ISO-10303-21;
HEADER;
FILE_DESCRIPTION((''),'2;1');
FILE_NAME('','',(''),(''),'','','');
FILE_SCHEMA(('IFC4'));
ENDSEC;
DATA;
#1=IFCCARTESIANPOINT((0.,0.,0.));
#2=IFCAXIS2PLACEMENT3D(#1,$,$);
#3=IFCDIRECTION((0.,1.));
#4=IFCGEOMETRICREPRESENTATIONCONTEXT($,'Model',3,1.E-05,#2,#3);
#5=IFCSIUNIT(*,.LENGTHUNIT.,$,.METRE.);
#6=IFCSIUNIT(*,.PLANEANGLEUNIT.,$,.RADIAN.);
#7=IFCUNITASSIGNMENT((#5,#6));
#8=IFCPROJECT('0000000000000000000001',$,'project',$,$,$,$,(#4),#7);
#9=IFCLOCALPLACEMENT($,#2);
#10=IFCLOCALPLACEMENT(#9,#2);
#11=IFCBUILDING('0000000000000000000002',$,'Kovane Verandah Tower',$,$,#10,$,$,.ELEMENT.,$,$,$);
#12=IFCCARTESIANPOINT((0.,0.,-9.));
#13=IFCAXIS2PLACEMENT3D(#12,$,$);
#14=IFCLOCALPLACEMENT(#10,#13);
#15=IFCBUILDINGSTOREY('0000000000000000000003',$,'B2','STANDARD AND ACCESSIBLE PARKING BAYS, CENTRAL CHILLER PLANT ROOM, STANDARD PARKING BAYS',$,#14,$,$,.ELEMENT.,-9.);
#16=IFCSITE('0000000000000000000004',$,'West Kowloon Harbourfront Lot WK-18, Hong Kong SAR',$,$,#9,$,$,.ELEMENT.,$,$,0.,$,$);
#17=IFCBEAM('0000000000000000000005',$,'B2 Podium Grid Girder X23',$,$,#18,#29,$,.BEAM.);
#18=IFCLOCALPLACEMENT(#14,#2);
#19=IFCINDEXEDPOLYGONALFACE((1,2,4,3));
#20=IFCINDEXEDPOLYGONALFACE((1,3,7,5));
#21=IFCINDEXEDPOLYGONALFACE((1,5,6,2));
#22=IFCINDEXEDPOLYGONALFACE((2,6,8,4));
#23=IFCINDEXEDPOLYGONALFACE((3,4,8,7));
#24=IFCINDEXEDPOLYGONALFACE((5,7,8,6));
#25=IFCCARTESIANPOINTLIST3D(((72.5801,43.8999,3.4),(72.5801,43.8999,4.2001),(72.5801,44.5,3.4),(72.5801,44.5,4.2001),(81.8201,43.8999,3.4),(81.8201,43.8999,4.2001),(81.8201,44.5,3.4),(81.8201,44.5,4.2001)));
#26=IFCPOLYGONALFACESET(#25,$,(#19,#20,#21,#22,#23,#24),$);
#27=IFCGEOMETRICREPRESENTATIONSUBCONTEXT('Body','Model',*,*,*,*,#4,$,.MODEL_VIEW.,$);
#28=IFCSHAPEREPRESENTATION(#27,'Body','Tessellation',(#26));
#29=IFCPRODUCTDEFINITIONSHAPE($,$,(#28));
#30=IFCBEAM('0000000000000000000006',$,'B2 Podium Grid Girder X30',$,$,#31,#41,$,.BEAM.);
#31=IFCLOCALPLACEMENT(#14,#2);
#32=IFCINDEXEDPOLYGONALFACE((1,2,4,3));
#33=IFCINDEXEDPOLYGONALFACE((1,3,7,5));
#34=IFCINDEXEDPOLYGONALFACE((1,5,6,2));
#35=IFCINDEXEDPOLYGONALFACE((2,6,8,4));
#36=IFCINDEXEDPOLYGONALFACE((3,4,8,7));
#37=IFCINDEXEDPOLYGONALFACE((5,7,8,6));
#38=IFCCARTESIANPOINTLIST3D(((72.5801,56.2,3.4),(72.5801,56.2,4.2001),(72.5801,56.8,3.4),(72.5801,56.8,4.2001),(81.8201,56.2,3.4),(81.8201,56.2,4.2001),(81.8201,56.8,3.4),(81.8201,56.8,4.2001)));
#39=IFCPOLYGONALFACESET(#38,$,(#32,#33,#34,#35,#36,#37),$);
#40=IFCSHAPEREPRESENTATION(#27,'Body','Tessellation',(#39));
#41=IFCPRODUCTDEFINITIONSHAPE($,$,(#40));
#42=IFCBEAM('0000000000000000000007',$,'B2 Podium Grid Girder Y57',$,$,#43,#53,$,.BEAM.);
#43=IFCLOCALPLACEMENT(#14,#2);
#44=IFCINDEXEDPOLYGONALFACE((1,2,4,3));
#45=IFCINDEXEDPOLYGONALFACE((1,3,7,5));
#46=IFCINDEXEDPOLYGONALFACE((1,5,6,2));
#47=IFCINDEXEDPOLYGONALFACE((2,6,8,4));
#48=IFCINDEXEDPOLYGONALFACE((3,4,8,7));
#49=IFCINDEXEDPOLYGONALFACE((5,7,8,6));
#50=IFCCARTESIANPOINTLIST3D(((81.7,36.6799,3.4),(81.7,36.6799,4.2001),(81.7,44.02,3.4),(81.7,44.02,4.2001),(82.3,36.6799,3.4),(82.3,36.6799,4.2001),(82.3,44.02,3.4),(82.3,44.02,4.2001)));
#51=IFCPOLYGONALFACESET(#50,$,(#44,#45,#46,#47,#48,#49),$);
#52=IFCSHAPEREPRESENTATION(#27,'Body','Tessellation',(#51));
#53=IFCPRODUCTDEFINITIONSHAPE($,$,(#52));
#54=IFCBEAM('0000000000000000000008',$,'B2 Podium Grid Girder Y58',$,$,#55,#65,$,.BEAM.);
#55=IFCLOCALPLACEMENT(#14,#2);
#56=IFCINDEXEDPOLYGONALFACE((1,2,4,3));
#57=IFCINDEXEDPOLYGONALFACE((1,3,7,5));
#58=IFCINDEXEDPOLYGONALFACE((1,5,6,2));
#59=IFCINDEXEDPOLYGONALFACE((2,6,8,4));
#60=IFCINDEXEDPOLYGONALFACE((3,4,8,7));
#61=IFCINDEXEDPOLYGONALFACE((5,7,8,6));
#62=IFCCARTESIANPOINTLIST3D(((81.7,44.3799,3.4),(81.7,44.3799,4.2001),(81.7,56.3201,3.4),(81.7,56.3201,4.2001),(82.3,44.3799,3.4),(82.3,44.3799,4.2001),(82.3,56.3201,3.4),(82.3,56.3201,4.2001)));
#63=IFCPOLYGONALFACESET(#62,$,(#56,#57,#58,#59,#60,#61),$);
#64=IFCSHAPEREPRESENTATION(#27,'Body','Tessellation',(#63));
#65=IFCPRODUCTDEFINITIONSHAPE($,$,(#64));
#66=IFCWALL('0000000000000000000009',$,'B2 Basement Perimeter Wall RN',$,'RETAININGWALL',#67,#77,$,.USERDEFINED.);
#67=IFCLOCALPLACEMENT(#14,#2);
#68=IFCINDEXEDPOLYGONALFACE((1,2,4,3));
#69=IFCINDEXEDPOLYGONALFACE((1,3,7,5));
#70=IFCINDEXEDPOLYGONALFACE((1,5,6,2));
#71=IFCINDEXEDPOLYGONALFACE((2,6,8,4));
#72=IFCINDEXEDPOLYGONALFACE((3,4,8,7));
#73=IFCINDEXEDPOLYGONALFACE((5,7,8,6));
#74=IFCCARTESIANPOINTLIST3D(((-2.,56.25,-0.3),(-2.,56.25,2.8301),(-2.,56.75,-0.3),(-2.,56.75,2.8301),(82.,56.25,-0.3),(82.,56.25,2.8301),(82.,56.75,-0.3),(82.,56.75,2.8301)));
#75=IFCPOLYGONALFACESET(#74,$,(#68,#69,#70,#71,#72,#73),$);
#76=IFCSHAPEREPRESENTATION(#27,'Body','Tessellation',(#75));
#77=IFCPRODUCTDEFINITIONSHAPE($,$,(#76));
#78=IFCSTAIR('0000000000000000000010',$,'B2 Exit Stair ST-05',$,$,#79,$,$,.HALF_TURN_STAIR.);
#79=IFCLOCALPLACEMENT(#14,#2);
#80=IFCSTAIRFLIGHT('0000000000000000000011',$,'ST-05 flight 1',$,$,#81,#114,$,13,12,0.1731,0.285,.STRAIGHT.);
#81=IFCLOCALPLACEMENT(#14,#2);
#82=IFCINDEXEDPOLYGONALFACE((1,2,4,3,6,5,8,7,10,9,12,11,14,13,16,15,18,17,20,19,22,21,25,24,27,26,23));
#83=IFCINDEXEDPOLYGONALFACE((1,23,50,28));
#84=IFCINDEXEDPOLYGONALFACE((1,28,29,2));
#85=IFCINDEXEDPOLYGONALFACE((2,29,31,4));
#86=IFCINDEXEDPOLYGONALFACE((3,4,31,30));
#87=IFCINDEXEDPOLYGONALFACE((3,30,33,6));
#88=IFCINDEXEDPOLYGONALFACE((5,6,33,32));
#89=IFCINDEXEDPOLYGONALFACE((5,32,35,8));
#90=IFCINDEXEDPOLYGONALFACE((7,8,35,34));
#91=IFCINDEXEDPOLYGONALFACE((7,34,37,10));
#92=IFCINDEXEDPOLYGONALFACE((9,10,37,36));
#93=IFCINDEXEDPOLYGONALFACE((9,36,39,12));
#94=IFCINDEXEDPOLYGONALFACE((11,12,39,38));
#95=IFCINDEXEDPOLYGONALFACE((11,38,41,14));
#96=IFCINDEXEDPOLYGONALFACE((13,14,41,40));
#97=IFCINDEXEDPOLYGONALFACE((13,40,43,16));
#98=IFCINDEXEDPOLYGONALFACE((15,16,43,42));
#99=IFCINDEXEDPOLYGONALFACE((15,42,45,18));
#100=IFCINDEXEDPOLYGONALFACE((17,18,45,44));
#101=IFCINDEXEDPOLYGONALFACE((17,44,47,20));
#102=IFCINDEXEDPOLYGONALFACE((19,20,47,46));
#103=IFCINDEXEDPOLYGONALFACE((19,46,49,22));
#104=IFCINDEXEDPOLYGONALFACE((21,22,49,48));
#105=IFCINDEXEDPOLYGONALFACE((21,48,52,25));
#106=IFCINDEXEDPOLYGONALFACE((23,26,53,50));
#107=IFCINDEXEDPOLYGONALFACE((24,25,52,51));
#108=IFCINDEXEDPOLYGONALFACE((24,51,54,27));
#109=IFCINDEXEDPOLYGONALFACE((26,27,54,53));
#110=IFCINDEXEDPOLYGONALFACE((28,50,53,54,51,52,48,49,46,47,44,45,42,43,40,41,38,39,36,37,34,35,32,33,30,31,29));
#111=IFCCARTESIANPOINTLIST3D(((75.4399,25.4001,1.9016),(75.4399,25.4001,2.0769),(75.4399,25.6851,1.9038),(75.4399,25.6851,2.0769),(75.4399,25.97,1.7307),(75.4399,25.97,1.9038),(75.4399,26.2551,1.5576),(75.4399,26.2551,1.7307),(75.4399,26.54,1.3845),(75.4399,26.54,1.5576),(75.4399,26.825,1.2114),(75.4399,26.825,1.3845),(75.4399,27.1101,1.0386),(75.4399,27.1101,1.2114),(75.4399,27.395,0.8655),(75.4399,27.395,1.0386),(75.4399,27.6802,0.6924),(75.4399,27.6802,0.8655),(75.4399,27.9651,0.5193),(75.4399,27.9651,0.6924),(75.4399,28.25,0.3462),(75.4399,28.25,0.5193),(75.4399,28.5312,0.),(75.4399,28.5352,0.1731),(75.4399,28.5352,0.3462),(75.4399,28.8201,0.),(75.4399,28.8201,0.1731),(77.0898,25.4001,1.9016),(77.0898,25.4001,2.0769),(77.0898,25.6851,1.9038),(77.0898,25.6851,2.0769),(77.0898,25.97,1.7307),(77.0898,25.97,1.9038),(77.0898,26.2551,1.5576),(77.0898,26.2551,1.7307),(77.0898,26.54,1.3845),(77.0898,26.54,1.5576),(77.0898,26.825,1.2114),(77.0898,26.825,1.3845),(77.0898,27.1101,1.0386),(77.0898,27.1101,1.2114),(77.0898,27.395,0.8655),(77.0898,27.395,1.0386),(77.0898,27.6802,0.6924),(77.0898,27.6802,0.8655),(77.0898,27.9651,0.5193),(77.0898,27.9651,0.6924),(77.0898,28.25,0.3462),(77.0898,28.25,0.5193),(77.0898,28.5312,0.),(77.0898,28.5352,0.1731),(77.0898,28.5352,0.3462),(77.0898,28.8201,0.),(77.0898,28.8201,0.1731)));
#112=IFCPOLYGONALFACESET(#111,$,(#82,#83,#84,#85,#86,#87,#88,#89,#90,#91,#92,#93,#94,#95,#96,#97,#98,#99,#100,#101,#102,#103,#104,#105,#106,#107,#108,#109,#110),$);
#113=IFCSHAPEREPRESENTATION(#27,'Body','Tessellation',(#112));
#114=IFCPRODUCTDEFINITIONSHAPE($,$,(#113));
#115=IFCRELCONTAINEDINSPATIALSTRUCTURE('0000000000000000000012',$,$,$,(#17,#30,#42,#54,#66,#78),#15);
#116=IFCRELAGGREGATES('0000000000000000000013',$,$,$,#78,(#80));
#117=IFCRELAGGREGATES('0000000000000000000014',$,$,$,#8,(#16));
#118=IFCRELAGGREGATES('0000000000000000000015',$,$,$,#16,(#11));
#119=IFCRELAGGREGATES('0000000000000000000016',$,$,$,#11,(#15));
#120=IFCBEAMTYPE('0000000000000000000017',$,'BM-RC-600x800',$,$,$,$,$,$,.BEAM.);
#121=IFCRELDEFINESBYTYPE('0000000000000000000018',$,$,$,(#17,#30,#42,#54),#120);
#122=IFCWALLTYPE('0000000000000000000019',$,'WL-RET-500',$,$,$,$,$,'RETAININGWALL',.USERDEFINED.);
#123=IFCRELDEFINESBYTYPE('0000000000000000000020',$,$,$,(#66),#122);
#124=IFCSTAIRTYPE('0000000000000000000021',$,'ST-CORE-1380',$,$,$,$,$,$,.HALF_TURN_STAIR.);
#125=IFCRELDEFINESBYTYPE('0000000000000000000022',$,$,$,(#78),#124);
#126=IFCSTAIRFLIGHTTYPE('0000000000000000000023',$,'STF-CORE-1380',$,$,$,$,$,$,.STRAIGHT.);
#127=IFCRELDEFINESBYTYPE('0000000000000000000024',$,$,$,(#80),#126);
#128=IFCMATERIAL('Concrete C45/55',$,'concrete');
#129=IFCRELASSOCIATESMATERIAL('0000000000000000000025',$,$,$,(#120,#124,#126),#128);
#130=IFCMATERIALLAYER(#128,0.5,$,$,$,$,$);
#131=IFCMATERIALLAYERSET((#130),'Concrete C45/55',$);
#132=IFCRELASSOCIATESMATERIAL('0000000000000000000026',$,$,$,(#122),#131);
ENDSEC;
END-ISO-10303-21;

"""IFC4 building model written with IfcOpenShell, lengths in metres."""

from ifc_helpers import new_model, si_unit, direction, frame, frame_2d, origin, origin_2d, place, context, subcontext, project, spatial, polyline, rectangle, outline, extrude, material, layer, layer_set, material_profile, profile_set, type_object, element, aggregate, save


model = new_model("IFC4")

# Units and contexts
model_context = context("Model", 3, precision=1e-05, world=origin(), true_north=direction((0.0, 1.0)))
body_context = subcontext(model_context, "Body", "Model", "MODEL_VIEW")
ifc_project = project(units=[si_unit("LENGTHUNIT", "METRE"), si_unit("PLANEANGLEUNIT", "RADIAN")], contexts=[model_context])

# Site, building, storey
site_placement = place(None, origin())
site = spatial("IfcSite", under=ifc_project, at=site_placement, Name="West Kowloon Harbourfront Lot WK-18, Hong Kong SAR", CompositionType="ELEMENT", RefElevation=0.0)
building_placement = place(site_placement, origin())
building = spatial("IfcBuilding", under=site, at=building_placement, Name="Kovane Verandah Tower", CompositionType="ELEMENT")
storey_placement = place(building_placement, frame((0.0, 0.0, -9.0)))
storey = spatial("IfcBuildingStorey", under=building, at=storey_placement, Name="B2", Description="STANDARD AND ACCESSIBLE PARKING BAYS, CENTRAL CHILLER PLANT ROOM, STANDARD PARKING BAYS", CompositionType="ELEMENT", Elevation=-9.0)

# Beams
ifc_material_1 = material(Name="Concrete C45/55", Category="concrete")
ifc_material_profile_1 = material_profile(ifc_material_1, rectangle(XDim=0.6001, YDim=0.8, at=origin_2d()), Name="RCB600x800")
ifc_profile_set_1 = profile_set([ifc_material_profile_1], Name="Concrete C45/55")
beam_type_1 = type_object("IfcBeamType", Name="BM-RC-600x800", PredefinedType="BEAM", material=ifc_profile_set_1)
for number, where, z_axis, x_axis, name in (
    (1, (72.5801, 44.2, 3.8), (1.0, 0.0, 0.0), (0.0, 1.0, 0.0), "B2 Podium Grid Girder X23"),
    (2, (72.5801, 56.5, 3.8), (1.0, 0.0, 0.0), (0.0, 1.0, 0.0), "B2 Podium Grid Girder X30"),
):
    element("IfcBeam", number, at=place(storey_placement, frame(where, z_axis=z_axis, x_axis=x_axis)), inside=storey, type_object=beam_type_1, Name=name, PredefinedType="BEAM", context=body_context, shape_type="SweptSolid", body=[
        extrude(rectangle(XDim=0.6001, YDim=0.8, at=origin_2d()), origin(), (0.0, 0.0, 1.0), 9.24),
    ])
beam_1_placement = place(storey_placement, frame((82.0, 36.6799, 3.8), z_axis=(0.0, 1.0, 0.0), x_axis=(-1.0, 0.0, 0.0)))
element("IfcBeam", 3, at=beam_1_placement, inside=storey, type_object=beam_type_1, Name="B2 Podium Grid Girder Y57", PredefinedType="BEAM", context=body_context, shape_type="SweptSolid", body=[
    extrude(rectangle(XDim=0.6001, YDim=0.8, at=origin_2d()), origin(), (0.0, 0.0, 1.0), 7.3401),
])
beam_2_placement = place(storey_placement, frame((82.0, 44.3799, 3.8), z_axis=(0.0, 1.0, 0.0), x_axis=(-1.0, 0.0, 0.0)))
element("IfcBeam", 4, at=beam_2_placement, inside=storey, type_object=beam_type_1, Name="B2 Podium Grid Girder Y58", PredefinedType="BEAM", context=body_context, shape_type="SweptSolid", body=[
    extrude(rectangle(XDim=0.6001, YDim=0.8, at=origin_2d()), origin(), (0.0, 0.0, 1.0), 11.9402),
])

# Wall
ifc_layer_1 = layer(ifc_material_1, 0.5)
ifc_layer_set_1 = layer_set([ifc_layer_1], Name="Concrete C45/55")
wall_type_1 = type_object("IfcWallType", Name="WL-RET-500", ElementType="RETAININGWALL", PredefinedType="USERDEFINED", material=ifc_layer_set_1)
wall_1_placement = place(storey_placement, frame((82.0, 56.5, -0.3), z_axis=(0.0, 0.0, 1.0), x_axis=(-1.0, 0.0, 0.0)))
element("IfcWall", 5, at=wall_1_placement, inside=storey, type_object=wall_type_1, Name="B2 Basement Perimeter Wall RN", ObjectType="RETAININGWALL", PredefinedType="USERDEFINED", context=body_context, shape_type="SweptSolid", body=[
    extrude(rectangle(XDim=84.0, YDim=0.5, at=frame_2d((42.0, 0.0))), origin(), (0.0, 0.0, 1.0), 3.1301),
])

# Stair, stair flight
stair_type = type_object("IfcStairType", Name="ST-CORE-1380", PredefinedType="HALF_TURN_STAIR", material=ifc_material_1)
stair_placement = place(storey_placement, origin())
stair = element("IfcStair", 6, at=stair_placement, inside=storey, type_object=stair_type, Name="B2 Exit Stair ST-05", PredefinedType="HALF_TURN_STAIR")
stair_flight_type = type_object("IfcStairFlightType", Name="STF-CORE-1380", PredefinedType="STRAIGHT", material=ifc_material_1)
stair_flight_placement = place(storey_placement, frame((76.2649, 28.8201, 0.0), z_axis=(0.0, 0.0, 1.0), x_axis=(0.0, -1.0, 0.0)))
stair_flight = element("IfcStairFlight", 7, at=stair_flight_placement, type_object=stair_flight_type, Name="ST-05 flight 1", NumberOfRisers=13, NumberOfTreads=12, PredefinedType="STRAIGHT", RiserHeight=0.1731, TreadLength=0.285, context=body_context, shape_type="SweptSolid", body=[
    extrude(outline(polyline([(0.0, 0.0), (0.0, 0.1731), (0.2849, 0.1731), (0.2849, 0.3462), (0.5701, 0.3462), (0.5701, 0.5193), (0.855, 0.5193), (0.855, 0.6924), (1.1399, 0.6924), (1.1399, 0.8655), (1.425, 0.8655), (1.425, 1.0386), (1.71, 1.0386), (1.71, 1.2114), (1.9951, 1.2114), (1.9951, 1.3845), (2.28, 1.3845), (2.28, 1.5576), (2.5649, 1.5576), (2.5649, 1.7307), (2.8501, 1.7307), (2.8501, 1.9038), (3.135, 1.9038), (3.135, 2.0769), (3.4199, 2.0769), (3.4199, 2.25), (3.4199, 1.9016), (0.2888, 0.0), (0.0, 0.0)])), frame((0.0, 0.825, 0.0), z_axis=(0.0, -1.0, 0.0), x_axis=(1.0, 0.0, 0.0)), (0.0, 0.0, 1.0), 1.6499),
])
aggregate(stair, [stair_flight])

save(model, "model.ifc")
